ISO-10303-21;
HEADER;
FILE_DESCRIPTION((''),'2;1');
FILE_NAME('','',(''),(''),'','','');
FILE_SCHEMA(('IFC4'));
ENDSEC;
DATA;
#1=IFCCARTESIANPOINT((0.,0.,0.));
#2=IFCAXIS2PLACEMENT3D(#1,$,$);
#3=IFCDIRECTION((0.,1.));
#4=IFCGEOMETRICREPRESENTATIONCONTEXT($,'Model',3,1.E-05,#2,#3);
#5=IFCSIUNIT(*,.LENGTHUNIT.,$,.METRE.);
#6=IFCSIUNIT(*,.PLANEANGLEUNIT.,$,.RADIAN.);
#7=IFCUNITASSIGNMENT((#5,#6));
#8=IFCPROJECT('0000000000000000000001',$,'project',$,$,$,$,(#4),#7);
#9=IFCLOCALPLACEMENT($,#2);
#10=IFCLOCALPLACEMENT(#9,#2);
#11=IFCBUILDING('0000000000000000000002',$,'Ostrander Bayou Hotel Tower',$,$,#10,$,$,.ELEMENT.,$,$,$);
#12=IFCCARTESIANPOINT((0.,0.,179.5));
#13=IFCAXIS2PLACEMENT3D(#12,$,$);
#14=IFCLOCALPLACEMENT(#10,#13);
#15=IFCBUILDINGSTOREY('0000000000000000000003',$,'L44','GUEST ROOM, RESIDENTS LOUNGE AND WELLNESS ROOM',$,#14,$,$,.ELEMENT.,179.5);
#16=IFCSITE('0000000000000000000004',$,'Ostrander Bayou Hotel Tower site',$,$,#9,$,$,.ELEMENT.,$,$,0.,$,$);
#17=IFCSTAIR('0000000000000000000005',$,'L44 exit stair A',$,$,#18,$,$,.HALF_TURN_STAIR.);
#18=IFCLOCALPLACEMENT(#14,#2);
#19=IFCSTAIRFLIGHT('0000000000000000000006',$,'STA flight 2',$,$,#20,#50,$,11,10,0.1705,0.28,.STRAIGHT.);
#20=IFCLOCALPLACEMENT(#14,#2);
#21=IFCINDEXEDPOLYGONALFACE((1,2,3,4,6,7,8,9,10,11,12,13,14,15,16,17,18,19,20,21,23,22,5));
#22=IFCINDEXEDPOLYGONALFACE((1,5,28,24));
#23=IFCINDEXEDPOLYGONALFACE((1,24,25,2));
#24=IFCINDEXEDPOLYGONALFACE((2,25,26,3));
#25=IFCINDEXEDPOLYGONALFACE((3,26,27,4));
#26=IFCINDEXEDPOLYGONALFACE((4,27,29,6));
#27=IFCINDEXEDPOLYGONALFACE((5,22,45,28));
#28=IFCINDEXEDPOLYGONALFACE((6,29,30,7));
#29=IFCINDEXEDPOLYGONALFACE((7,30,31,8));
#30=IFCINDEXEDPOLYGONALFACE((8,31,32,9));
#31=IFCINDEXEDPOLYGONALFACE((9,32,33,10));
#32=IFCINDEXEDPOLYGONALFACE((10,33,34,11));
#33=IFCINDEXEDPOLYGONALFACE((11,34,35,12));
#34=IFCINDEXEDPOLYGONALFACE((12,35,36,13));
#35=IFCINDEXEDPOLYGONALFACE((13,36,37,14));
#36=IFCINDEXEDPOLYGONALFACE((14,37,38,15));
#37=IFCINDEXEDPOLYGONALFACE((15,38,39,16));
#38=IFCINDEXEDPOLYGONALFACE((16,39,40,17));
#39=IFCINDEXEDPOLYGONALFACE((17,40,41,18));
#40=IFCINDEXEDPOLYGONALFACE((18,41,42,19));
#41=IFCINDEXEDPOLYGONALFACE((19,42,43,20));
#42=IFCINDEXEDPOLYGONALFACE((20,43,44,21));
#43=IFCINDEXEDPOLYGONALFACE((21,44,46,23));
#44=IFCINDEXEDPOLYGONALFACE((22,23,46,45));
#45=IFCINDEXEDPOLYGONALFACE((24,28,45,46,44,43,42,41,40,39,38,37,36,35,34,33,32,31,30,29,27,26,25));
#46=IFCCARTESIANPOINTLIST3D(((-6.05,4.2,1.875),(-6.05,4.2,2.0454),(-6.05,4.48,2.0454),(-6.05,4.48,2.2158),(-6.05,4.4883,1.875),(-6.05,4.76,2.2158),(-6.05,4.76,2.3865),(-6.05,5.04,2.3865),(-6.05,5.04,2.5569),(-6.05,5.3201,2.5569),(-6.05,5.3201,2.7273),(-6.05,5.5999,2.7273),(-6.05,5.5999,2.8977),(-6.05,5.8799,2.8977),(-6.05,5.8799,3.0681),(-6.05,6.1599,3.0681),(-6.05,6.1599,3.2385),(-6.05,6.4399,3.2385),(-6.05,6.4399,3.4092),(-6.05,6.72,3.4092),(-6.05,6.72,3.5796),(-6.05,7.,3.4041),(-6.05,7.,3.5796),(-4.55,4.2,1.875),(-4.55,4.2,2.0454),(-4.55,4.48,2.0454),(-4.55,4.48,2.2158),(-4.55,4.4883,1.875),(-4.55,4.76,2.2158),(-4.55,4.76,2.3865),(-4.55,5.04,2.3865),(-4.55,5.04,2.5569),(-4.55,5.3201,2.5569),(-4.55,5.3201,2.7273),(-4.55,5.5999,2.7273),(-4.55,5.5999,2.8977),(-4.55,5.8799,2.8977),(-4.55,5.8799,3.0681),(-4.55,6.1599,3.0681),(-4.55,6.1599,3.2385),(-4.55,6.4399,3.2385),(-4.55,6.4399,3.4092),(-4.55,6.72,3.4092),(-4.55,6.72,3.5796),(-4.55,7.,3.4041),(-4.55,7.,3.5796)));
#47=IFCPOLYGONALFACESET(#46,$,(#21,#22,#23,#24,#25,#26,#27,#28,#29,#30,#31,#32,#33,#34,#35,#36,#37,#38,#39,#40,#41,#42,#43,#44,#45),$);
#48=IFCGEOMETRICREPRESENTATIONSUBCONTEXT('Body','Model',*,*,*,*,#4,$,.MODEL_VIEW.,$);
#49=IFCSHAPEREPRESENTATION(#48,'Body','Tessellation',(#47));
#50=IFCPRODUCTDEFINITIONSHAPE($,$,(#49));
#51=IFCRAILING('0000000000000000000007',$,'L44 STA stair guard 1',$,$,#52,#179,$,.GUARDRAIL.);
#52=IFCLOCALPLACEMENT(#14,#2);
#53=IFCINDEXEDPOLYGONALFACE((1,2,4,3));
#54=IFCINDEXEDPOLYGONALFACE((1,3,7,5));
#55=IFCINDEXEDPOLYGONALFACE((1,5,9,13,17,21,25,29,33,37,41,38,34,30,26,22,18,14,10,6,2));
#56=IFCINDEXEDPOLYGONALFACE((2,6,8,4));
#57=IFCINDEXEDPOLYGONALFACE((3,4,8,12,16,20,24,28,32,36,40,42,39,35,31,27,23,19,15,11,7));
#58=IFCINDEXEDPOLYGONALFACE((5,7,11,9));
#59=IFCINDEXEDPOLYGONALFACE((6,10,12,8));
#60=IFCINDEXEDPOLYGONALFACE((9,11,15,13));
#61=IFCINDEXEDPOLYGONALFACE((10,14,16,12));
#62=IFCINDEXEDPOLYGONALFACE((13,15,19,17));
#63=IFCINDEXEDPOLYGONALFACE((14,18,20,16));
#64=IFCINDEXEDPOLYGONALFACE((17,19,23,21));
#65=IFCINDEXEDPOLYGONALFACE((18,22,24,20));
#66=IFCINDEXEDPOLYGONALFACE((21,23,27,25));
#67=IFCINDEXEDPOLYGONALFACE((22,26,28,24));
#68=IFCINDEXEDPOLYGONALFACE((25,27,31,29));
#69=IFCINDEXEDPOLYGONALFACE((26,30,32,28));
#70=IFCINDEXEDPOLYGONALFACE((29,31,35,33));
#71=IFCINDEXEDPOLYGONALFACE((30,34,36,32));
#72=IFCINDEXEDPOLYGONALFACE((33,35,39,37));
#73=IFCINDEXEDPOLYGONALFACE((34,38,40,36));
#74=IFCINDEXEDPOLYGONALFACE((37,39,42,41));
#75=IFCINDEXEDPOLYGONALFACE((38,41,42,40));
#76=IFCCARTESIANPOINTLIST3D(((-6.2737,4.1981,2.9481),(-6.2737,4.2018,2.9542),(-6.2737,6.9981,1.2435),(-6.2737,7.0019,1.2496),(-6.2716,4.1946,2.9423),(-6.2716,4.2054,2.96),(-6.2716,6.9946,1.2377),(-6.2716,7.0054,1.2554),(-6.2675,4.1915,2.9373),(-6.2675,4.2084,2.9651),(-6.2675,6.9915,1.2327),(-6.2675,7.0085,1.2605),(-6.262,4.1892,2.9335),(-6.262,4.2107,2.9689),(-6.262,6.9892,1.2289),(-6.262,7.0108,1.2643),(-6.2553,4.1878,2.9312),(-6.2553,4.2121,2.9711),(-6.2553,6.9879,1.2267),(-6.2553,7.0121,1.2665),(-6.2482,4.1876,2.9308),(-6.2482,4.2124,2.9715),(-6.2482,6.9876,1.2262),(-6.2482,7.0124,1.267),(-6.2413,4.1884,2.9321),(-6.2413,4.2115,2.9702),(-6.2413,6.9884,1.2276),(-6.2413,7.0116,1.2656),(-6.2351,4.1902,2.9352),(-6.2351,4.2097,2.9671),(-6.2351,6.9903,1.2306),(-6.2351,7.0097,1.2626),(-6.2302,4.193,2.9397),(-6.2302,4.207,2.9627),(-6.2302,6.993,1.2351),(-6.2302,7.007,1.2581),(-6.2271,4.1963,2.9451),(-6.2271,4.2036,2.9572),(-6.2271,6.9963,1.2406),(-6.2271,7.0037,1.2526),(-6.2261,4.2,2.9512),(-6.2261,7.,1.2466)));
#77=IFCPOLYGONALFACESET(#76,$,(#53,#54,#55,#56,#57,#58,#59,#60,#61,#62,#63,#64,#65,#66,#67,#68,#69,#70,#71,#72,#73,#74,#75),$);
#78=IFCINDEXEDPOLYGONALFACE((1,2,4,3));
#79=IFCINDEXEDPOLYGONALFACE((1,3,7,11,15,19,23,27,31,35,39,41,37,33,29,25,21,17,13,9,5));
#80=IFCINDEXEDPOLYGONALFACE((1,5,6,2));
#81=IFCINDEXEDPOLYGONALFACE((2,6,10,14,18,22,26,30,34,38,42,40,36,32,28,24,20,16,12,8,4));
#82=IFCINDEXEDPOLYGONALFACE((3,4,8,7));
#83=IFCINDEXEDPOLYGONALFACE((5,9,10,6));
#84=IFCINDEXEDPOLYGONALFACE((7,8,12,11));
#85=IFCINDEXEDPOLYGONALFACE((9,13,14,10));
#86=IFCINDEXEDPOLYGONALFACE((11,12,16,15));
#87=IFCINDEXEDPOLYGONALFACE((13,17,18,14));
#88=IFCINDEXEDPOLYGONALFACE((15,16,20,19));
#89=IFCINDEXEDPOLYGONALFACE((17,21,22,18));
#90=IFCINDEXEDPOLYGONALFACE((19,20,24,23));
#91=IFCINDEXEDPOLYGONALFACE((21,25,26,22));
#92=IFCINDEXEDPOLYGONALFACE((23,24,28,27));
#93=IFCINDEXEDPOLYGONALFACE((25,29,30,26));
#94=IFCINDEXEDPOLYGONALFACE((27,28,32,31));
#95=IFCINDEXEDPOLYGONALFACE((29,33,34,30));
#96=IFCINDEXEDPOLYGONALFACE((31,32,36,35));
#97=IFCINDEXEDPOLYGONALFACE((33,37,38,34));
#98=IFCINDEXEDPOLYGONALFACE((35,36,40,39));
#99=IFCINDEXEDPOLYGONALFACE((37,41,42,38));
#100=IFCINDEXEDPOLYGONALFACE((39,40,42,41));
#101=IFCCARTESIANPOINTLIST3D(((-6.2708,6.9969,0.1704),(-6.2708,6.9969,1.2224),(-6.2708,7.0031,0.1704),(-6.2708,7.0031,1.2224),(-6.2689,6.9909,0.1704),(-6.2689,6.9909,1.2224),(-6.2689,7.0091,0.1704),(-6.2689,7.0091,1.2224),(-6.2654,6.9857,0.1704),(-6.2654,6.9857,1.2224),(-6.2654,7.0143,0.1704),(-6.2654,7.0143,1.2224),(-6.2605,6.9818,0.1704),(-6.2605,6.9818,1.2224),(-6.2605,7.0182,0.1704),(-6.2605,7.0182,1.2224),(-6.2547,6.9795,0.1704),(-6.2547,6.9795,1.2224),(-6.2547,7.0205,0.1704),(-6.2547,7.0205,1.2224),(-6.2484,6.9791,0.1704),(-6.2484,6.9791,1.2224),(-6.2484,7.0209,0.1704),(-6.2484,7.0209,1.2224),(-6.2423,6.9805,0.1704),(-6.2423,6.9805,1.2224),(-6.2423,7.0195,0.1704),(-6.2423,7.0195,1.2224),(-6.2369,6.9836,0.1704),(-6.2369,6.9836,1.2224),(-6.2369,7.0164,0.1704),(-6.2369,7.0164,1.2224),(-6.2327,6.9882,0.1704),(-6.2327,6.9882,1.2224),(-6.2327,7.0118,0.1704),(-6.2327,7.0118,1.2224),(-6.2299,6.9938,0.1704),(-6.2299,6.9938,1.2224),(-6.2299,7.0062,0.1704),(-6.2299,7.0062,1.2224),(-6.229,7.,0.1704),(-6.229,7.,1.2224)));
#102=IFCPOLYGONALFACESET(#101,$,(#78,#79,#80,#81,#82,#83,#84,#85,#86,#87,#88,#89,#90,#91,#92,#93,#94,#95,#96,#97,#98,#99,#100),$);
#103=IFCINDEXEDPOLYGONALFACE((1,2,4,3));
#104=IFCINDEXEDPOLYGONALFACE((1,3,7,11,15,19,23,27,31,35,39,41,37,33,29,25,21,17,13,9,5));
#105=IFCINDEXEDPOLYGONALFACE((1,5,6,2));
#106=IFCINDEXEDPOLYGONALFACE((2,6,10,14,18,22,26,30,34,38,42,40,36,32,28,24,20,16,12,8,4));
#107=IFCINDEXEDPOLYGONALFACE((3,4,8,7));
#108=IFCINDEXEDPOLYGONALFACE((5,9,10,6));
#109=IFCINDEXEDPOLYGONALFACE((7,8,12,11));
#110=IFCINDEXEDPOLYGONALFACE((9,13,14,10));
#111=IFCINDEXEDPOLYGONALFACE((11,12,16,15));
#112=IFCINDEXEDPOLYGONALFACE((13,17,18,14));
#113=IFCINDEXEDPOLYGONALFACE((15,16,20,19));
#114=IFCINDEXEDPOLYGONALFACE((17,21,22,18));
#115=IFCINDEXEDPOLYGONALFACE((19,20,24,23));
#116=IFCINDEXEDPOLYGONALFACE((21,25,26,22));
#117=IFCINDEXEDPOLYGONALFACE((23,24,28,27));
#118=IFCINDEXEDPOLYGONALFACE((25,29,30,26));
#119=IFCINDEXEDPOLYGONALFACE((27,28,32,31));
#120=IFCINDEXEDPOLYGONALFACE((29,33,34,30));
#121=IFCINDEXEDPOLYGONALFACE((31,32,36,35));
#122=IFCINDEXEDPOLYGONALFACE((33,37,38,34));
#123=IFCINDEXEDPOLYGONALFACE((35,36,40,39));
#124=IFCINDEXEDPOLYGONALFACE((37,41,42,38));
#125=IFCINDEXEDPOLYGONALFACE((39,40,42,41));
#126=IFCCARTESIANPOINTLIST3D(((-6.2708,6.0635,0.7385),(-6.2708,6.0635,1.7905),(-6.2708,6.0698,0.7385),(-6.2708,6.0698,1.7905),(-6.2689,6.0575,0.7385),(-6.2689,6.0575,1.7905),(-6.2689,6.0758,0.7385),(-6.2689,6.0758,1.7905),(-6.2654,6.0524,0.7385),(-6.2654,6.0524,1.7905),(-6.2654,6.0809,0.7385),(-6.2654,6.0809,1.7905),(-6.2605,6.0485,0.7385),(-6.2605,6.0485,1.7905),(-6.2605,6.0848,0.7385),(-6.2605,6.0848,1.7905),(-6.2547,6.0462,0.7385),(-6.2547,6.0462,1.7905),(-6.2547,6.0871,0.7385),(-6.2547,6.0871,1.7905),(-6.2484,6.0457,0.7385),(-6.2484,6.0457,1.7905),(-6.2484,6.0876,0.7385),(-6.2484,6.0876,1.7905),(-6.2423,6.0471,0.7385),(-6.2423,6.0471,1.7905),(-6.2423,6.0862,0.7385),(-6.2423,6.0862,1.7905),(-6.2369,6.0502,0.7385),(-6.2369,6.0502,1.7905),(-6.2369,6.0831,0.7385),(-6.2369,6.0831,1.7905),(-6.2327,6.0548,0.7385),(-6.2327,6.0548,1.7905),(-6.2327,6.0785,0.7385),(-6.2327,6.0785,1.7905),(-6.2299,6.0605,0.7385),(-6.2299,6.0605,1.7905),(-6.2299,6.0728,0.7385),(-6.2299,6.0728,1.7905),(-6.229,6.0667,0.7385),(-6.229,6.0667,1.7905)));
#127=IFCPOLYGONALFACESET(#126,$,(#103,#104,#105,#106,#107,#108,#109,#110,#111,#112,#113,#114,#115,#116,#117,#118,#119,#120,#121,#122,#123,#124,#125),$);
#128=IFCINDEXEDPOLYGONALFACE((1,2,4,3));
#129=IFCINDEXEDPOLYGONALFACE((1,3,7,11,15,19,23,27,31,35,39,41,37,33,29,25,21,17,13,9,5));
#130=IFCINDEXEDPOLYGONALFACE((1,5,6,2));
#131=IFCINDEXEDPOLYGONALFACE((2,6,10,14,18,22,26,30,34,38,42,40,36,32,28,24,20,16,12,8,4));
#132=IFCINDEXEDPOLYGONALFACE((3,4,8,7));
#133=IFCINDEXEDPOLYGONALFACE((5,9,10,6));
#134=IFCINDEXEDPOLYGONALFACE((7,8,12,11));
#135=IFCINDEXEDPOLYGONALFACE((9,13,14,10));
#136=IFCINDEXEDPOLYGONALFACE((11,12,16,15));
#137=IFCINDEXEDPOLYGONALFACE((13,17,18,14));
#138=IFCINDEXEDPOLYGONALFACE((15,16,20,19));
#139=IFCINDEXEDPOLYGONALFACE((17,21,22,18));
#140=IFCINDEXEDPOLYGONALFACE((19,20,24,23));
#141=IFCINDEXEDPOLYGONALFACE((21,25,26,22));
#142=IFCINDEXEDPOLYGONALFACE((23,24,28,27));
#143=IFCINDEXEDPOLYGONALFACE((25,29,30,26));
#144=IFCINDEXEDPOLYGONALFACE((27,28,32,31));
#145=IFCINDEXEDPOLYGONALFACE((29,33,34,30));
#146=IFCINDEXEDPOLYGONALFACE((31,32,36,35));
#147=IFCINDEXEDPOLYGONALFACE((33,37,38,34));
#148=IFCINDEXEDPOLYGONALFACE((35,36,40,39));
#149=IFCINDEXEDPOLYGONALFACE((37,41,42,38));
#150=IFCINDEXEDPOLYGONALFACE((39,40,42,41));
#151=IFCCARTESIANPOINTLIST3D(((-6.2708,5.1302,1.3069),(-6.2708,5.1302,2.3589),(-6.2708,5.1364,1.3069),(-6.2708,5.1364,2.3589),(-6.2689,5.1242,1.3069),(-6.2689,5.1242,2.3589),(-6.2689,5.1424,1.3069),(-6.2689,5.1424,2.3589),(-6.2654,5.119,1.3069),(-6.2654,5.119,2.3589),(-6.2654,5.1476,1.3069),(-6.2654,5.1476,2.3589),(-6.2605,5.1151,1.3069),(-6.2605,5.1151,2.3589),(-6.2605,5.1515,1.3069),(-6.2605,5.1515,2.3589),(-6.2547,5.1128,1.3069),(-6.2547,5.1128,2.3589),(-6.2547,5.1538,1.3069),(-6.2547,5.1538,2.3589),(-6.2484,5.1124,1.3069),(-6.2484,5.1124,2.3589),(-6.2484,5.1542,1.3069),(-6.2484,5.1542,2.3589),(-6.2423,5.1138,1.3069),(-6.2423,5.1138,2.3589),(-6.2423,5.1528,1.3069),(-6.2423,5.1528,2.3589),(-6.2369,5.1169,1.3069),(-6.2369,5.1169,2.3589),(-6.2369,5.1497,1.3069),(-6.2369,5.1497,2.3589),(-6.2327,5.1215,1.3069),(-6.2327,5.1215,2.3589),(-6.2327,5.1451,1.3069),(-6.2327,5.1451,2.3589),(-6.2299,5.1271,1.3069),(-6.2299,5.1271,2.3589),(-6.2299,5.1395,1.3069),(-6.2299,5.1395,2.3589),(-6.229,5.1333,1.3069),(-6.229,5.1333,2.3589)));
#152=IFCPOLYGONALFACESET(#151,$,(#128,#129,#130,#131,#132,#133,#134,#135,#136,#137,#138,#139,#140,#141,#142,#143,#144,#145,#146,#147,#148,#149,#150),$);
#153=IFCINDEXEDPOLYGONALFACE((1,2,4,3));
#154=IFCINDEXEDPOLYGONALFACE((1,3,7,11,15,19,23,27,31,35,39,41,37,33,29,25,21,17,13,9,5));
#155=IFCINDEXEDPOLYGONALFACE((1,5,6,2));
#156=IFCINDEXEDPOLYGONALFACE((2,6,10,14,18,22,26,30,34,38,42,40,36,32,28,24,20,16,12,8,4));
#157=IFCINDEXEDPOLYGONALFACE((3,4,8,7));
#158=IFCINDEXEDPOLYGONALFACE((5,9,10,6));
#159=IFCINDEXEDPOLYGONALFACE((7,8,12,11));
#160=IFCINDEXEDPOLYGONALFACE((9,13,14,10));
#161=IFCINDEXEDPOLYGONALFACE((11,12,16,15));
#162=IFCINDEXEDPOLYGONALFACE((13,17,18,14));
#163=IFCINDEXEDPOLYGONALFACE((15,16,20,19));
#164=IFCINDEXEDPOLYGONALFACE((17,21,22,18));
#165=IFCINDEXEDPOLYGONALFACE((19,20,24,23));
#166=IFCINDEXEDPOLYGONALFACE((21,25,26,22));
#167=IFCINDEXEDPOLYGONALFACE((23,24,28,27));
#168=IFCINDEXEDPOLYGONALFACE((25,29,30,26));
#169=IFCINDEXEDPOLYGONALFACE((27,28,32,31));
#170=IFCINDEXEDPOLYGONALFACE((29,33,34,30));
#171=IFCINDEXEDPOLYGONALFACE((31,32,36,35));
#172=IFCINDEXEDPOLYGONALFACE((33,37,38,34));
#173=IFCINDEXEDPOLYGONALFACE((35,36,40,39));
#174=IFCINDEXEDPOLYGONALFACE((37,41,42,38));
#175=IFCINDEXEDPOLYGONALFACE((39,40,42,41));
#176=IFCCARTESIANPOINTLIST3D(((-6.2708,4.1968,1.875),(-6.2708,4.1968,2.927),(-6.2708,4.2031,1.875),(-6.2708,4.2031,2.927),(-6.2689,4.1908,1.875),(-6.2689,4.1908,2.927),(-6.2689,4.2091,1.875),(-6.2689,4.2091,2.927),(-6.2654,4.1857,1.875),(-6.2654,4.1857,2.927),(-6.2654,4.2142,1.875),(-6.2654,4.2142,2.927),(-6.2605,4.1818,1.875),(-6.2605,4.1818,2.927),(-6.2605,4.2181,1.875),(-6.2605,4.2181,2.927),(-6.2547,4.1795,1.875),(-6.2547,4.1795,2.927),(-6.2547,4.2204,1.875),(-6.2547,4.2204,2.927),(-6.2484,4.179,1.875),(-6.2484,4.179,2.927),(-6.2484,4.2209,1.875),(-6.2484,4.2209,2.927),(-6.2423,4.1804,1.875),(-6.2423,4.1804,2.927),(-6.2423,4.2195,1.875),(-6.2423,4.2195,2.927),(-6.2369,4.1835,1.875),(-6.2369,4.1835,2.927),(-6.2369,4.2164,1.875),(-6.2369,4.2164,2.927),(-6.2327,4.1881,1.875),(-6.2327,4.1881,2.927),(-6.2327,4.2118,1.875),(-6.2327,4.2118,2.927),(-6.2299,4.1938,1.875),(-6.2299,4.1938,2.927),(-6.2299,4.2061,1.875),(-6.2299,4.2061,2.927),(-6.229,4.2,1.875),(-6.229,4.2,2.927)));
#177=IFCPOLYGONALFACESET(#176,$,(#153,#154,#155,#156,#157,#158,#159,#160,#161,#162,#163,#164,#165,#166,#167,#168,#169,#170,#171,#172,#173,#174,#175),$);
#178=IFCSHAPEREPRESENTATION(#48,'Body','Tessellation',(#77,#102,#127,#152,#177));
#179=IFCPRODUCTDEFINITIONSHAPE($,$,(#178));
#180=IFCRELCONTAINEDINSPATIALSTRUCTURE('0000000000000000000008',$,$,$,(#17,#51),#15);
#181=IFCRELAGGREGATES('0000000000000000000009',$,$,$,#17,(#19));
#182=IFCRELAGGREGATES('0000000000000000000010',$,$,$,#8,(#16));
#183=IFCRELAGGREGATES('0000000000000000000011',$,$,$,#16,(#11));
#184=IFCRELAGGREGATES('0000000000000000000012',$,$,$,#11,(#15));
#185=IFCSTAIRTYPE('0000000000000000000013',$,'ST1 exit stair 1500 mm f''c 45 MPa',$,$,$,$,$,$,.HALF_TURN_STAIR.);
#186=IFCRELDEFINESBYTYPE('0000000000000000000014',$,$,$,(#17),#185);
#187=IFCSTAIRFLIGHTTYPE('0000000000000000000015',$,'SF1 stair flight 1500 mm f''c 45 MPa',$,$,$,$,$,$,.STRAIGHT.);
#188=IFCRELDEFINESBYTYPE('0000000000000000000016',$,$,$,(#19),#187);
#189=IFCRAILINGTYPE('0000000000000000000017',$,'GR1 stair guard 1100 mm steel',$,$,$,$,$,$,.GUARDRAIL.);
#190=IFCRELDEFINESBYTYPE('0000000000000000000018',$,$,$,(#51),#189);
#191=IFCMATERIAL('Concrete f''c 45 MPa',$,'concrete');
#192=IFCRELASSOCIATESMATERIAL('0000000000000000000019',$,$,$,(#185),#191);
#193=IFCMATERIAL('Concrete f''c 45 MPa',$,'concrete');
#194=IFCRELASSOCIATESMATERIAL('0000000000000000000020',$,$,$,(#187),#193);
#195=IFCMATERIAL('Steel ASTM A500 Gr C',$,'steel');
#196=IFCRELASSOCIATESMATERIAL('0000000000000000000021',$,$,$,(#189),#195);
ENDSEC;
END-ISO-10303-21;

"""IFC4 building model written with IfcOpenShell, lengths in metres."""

from ifc_helpers import new_model, si_unit, direction, frame, origin, origin_2d, place, context, subcontext, project, spatial, polyline, circle, outline, extrude, material, type_object, element, aggregate, save


model = new_model("IFC4")

# Units and contexts
model_context = context("Model", 3, precision=1e-05, world=origin(), true_north=direction((0.0, 1.0)))
body_context = subcontext(model_context, "Body", "Model", "MODEL_VIEW")
ifc_project = project(units=[si_unit("LENGTHUNIT", "METRE"), si_unit("PLANEANGLEUNIT", "RADIAN")], contexts=[model_context])

# Site, building, storey
site_placement = place(None, origin())
site = spatial("IfcSite", under=ifc_project, at=site_placement, Name="Ostrander Bayou Hotel Tower site", CompositionType="ELEMENT", RefElevation=0.0)
building_placement = place(site_placement, origin())
building = spatial("IfcBuilding", under=site, at=building_placement, Name="Ostrander Bayou Hotel Tower", CompositionType="ELEMENT")
storey_placement = place(building_placement, frame((0.0, 0.0, 179.5)))
storey = spatial("IfcBuildingStorey", under=building, at=storey_placement, Name="L44", Description="GUEST ROOM, RESIDENTS LOUNGE AND WELLNESS ROOM", CompositionType="ELEMENT", Elevation=179.5)

# Stair, stair flight
ifc_material_1 = material(Name="Concrete f'c 45 MPa", Category="concrete")
stair_type = type_object("IfcStairType", Name="ST1 exit stair 1500 mm f'c 45 MPa", PredefinedType="HALF_TURN_STAIR", material=ifc_material_1)
stair_placement = place(storey_placement, origin())
stair = element("IfcStair", 1, at=stair_placement, inside=storey, type_object=stair_type, Name="L44 exit stair A", PredefinedType="HALF_TURN_STAIR")
ifc_material_2 = material(Name="Concrete f'c 45 MPa", Category="concrete")
stair_flight_type = type_object("IfcStairFlightType", Name="SF1 stair flight 1500 mm f'c 45 MPa", PredefinedType="STRAIGHT", material=ifc_material_2)
stair_flight_1_placement = place(storey_placement, frame((-5.3, 4.2, 1.875), z_axis=(0.0, 0.0, 1.0), x_axis=(0.0, 1.0, 0.0)))
stair_flight_1 = element("IfcStairFlight", 2, at=stair_flight_1_placement, type_object=stair_flight_type, Name="STA flight 2", NumberOfRisers=11, NumberOfTreads=10, PredefinedType="STRAIGHT", RiserHeight=0.1705, TreadLength=0.28, context=body_context, shape_type="SweptSolid", body=[
    extrude(outline(polyline([(0.0, 0.0), (0.0, 0.1704), (0.28, 0.1704), (0.28, 0.3408), (0.5601, 0.3408), (0.5601, 0.5115), (0.8401, 0.5115), (0.8401, 0.6819), (1.1201, 0.6819), (1.1201, 0.8523), (1.3999, 0.8523), (1.3999, 1.0227), (1.6799, 1.0227), (1.6799, 1.1931), (1.96, 1.1931), (1.96, 1.3635), (2.24, 1.3635), (2.24, 1.5342), (2.52, 1.5342), (2.52, 1.7046), (2.8, 1.7046), (2.8, 1.875), (2.8, 1.5291), (0.2883, 0.0), (0.0, 0.0)])), frame((0.0, 0.75, 0.0), z_axis=(0.0, -1.0, 0.0), x_axis=(1.0, 0.0, 0.0)), (0.0, 0.0, 1.0), 1.5),
])
aggregate(stair, [stair_flight_1])

# Railing
ifc_material_3 = material(Name="Steel ASTM A500 Gr C", Category="steel")
railing_type_1 = type_object("IfcRailingType", Name="GR1 stair guard 1100 mm steel", PredefinedType="GUARDRAIL", material=ifc_material_3)
railing_1_placement = place(storey_placement, frame((-6.25, 7.0, 0.1704)))
element("IfcRailing", 3, at=railing_1_placement, inside=storey, type_object=railing_type_1, Name="L44 STA stair guard 1", PredefinedType="GUARDRAIL", context=body_context, shape_type="SweptSolid", body=[
    extrude(circle(Radius=0.0239, at=origin_2d()), frame((0.0, 0.0, 1.0762), z_axis=(0.0, -0.85417, 0.519994), x_axis=(1.0, 0.0, 0.0)), (0.0, 0.0, 1.0), 3.2781),
    extrude(circle(Radius=0.021, at=origin_2d()), origin(), (0.0, 0.0, 1.0), 1.052),
    extrude(circle(Radius=0.021, at=origin_2d()), frame((0.0, -0.9333, 0.5681)), (0.0, 0.0, 1.0), 1.052),
    extrude(circle(Radius=0.021, at=origin_2d()), frame((0.0, -1.8667, 1.1365)), (0.0, 0.0, 1.0), 1.052),
    extrude(circle(Radius=0.021, at=origin_2d()), frame((0.0, -2.8, 1.7046)), (0.0, 0.0, 1.0), 1.052),
])

save(model, "model.ifc")
